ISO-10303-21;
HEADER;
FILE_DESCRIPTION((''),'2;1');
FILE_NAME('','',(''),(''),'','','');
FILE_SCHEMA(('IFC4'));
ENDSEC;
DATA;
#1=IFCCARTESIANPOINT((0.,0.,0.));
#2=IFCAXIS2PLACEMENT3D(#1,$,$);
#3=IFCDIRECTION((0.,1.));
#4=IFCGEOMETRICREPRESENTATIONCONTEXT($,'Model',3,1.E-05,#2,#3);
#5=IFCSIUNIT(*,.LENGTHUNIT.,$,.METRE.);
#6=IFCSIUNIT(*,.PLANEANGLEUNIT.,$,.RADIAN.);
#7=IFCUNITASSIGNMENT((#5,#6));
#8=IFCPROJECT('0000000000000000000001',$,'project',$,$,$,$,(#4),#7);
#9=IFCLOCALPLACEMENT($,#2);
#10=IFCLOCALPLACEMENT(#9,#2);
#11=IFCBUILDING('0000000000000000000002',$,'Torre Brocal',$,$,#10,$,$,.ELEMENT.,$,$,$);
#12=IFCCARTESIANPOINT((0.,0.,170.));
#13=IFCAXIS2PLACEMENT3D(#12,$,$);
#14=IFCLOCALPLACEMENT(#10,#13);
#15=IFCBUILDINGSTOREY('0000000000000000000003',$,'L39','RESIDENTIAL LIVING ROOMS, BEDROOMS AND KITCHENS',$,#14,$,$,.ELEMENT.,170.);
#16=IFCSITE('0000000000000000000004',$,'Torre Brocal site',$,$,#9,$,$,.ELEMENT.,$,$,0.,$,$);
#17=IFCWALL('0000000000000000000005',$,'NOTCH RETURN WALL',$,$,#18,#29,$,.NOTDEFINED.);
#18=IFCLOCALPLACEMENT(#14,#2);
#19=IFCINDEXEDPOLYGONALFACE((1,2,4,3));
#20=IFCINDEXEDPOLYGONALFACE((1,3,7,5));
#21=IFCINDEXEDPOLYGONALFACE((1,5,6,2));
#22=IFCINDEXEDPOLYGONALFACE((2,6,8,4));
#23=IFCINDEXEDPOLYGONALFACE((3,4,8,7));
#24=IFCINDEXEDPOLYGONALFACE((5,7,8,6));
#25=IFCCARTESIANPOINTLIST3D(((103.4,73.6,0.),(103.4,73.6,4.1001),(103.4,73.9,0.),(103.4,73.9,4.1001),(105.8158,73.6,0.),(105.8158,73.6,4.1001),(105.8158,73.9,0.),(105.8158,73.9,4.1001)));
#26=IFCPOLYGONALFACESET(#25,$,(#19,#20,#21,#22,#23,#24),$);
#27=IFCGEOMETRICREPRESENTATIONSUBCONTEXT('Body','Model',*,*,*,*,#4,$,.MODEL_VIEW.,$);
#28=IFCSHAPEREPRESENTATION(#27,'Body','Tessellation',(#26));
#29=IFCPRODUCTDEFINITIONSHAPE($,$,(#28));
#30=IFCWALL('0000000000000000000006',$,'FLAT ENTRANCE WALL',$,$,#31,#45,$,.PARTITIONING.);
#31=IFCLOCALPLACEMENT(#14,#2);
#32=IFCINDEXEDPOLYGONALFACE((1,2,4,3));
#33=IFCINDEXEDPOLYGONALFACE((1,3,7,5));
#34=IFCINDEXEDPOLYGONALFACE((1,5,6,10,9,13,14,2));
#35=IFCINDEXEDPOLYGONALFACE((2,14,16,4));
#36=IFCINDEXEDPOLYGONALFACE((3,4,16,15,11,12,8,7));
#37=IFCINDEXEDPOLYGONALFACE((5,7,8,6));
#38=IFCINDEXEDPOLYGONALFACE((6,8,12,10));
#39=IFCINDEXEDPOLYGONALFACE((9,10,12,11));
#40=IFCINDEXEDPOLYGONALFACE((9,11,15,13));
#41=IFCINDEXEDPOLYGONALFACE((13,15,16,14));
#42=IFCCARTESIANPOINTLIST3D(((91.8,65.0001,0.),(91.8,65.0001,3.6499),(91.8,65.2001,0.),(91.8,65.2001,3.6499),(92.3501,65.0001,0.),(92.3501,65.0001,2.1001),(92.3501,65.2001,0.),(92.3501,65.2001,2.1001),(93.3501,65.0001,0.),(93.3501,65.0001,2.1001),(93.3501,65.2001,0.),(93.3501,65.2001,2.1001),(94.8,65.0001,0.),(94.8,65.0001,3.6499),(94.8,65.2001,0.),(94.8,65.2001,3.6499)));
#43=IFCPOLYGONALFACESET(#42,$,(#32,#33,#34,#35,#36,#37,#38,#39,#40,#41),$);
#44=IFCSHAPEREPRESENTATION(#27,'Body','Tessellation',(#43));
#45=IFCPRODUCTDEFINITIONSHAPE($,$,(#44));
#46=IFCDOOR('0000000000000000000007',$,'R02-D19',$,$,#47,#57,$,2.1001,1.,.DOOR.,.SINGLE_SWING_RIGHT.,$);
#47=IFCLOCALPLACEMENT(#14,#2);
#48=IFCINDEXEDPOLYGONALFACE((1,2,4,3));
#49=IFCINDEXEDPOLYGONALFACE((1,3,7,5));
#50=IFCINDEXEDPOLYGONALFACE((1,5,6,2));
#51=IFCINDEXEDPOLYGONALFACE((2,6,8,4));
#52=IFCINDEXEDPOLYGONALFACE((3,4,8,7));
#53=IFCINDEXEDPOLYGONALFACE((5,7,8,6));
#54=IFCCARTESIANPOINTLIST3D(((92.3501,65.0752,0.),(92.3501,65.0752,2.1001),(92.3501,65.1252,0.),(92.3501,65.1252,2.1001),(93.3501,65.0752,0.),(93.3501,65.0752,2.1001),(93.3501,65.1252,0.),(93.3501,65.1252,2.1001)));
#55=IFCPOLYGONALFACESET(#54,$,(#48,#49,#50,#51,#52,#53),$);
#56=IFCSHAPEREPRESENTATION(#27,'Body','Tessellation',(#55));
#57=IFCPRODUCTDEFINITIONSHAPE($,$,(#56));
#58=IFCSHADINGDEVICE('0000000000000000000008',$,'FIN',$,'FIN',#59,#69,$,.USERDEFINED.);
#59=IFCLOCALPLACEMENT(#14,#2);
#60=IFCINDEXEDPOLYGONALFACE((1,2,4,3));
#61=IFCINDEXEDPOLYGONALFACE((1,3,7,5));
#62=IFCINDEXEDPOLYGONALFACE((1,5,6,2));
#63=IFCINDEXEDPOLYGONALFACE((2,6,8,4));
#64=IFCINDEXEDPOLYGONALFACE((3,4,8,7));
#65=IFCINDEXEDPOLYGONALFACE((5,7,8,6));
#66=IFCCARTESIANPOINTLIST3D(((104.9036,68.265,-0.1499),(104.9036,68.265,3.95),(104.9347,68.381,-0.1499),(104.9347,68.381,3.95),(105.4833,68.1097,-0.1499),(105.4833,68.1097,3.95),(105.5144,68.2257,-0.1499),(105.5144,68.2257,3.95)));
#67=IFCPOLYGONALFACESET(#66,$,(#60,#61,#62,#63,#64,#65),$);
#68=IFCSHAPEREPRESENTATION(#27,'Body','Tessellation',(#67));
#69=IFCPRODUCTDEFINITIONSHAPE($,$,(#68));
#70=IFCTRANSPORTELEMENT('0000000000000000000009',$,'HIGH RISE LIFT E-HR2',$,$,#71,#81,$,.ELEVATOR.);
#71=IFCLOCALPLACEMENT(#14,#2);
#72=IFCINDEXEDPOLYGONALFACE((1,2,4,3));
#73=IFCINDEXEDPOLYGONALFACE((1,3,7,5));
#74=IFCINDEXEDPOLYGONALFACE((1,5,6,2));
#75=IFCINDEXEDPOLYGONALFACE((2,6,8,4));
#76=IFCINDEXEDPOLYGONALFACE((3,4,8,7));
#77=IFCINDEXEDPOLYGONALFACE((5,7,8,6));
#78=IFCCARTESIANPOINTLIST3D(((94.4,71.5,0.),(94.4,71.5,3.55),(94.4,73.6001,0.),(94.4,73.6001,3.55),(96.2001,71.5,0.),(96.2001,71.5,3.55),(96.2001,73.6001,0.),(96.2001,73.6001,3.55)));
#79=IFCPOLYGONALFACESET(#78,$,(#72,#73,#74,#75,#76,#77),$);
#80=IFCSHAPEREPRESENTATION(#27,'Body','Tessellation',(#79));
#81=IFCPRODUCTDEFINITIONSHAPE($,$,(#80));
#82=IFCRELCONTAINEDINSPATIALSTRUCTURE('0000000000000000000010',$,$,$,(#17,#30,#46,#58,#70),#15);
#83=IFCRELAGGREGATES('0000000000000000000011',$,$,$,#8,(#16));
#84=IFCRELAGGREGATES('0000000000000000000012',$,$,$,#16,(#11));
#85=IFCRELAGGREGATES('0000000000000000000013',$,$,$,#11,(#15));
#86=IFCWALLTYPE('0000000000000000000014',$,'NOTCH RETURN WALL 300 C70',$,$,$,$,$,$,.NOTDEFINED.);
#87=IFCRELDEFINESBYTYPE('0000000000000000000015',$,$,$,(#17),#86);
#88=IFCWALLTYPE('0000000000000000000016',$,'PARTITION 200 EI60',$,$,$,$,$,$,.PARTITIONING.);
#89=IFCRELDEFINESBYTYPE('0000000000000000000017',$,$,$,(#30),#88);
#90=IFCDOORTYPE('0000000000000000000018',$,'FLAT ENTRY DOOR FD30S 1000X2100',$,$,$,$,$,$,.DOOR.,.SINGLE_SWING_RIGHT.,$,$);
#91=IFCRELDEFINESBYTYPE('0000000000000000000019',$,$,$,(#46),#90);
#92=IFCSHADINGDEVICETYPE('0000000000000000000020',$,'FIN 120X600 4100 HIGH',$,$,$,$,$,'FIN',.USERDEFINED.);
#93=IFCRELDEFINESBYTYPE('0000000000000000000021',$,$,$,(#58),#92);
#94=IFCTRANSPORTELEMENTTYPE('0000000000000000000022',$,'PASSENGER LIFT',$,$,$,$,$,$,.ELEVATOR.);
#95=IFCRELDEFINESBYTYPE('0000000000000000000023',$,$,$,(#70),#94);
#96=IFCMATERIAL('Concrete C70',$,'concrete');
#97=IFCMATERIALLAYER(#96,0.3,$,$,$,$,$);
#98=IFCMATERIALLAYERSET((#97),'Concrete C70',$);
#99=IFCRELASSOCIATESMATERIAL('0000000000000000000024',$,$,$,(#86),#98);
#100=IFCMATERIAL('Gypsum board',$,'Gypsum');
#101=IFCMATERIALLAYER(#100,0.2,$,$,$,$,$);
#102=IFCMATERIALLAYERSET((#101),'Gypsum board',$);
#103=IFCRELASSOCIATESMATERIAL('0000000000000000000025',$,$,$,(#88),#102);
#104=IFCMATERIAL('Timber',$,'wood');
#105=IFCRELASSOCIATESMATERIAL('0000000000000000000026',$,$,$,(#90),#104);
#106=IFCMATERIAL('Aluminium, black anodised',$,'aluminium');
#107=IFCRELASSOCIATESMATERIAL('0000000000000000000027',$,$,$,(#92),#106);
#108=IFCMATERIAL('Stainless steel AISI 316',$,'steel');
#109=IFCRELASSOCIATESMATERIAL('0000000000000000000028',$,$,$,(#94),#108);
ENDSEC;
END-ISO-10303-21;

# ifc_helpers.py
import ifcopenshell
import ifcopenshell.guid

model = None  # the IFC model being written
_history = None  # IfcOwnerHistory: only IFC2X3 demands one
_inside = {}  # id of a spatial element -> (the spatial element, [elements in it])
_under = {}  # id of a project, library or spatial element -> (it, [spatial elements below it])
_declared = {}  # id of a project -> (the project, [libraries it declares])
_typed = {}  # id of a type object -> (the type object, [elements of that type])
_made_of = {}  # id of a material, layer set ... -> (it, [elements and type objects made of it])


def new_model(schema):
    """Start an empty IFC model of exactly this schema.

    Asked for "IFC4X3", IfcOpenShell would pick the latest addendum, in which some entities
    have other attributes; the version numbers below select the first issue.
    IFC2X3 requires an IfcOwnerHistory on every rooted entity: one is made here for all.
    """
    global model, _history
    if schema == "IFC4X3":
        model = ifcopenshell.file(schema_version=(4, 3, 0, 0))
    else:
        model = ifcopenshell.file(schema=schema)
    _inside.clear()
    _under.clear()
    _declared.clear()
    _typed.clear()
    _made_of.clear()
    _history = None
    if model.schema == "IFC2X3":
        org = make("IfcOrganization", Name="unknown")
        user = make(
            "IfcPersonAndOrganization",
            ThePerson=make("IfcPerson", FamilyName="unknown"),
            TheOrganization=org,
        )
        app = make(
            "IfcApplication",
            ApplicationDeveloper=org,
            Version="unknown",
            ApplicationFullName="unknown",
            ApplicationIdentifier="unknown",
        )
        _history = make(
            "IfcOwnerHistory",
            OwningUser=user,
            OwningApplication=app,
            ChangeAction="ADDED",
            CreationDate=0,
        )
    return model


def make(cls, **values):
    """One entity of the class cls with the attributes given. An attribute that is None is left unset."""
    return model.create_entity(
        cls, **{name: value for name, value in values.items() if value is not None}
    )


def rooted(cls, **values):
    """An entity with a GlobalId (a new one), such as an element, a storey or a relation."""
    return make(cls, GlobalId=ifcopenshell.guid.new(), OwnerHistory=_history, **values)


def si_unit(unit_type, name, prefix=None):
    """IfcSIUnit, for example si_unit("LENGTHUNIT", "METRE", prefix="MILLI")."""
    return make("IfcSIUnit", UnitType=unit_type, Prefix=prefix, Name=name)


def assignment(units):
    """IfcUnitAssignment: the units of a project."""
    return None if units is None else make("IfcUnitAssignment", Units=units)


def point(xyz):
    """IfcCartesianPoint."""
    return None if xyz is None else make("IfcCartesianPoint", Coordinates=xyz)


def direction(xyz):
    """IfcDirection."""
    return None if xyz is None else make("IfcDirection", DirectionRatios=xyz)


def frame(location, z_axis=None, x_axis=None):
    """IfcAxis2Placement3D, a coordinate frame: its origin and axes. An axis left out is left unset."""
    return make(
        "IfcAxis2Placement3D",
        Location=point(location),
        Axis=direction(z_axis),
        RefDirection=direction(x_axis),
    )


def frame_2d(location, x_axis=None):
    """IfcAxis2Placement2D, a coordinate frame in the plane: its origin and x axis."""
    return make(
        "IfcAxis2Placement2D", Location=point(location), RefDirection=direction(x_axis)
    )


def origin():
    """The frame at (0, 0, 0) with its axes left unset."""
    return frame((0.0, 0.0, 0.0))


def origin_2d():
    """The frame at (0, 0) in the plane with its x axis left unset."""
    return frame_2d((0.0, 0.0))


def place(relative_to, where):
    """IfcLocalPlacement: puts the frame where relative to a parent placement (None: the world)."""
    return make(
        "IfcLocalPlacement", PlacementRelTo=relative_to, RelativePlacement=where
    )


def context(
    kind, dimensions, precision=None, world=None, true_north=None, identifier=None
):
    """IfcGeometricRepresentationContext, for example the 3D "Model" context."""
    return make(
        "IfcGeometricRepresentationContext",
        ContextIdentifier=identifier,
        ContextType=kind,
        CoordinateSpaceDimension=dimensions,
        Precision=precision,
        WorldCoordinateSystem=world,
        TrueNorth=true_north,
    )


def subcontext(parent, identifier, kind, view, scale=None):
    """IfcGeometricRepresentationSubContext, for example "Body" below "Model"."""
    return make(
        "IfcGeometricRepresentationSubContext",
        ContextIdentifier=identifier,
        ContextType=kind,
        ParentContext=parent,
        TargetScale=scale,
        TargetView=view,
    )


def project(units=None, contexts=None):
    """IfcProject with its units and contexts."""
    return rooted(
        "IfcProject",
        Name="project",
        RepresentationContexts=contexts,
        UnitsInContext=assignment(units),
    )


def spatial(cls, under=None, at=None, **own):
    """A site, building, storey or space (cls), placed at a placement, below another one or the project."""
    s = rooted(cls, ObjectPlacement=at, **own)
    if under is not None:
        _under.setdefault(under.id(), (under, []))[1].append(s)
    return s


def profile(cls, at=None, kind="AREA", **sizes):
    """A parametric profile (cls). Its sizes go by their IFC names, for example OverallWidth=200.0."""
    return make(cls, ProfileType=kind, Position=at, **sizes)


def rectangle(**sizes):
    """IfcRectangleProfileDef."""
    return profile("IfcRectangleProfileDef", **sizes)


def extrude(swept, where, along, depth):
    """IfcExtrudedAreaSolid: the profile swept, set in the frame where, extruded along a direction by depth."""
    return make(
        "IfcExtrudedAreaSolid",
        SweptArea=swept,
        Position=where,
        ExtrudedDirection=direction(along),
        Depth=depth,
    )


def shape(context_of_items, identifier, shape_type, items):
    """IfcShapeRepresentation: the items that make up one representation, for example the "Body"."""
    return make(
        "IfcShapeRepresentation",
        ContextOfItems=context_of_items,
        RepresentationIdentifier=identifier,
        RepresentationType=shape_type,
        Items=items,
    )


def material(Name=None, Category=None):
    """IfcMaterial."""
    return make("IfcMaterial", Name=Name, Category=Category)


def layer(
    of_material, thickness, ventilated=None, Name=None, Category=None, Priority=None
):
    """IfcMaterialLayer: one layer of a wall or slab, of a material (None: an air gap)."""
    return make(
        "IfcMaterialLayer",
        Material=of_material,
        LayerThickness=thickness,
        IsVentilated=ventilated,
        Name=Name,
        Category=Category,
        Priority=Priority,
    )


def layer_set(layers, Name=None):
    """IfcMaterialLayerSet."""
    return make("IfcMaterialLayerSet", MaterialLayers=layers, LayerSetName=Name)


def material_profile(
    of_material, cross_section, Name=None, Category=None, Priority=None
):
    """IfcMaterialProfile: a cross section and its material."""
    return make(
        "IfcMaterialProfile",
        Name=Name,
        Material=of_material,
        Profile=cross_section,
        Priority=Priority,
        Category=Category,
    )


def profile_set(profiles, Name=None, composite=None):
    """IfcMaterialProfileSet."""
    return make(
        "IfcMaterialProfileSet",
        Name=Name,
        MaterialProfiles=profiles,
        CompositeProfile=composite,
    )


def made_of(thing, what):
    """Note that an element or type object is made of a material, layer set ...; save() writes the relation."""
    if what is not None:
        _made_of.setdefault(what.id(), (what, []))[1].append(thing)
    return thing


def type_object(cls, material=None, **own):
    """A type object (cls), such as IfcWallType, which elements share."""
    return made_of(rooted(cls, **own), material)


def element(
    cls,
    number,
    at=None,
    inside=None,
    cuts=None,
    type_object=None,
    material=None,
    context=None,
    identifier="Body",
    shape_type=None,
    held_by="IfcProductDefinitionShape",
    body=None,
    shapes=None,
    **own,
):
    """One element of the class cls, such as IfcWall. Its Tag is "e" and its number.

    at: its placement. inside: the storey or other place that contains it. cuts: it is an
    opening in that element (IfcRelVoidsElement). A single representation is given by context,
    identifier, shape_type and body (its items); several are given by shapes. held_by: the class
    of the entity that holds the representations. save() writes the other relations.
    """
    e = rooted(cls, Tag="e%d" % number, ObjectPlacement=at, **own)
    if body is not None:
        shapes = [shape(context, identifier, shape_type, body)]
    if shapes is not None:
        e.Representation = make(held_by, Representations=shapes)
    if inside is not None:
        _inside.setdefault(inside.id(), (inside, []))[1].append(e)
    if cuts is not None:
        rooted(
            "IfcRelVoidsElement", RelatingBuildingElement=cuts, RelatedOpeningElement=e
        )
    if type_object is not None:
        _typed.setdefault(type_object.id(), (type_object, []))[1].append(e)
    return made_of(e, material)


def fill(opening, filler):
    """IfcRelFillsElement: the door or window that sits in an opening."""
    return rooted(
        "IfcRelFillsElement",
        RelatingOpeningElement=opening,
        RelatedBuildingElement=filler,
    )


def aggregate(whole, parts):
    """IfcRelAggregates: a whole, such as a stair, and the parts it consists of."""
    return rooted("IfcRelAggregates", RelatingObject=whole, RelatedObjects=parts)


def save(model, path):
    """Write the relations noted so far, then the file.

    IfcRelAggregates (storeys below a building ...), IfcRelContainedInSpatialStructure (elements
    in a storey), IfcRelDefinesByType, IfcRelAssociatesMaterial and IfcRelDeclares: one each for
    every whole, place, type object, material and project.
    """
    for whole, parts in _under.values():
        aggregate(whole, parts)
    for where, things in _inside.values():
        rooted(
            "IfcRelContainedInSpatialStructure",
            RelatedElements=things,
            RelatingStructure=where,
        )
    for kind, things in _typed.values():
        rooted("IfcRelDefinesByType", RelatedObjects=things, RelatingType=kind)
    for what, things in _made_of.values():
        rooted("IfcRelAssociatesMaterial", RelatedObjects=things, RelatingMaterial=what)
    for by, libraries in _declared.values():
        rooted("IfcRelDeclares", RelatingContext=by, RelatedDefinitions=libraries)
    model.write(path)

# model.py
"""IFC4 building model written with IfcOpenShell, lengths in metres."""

from ifc_helpers import new_model, si_unit, direction, frame, frame_2d, origin, origin_2d, place, context, subcontext, project, spatial, rectangle, extrude, material, layer, layer_set, material_profile, profile_set, type_object, element, fill, save


model = new_model("IFC4")

# Units and contexts
model_context = context("Model", 3, precision=1e-05, world=origin(), true_north=direction((0.0, 1.0)))
body_context = subcontext(model_context, "Body", "Model", "MODEL_VIEW")
ifc_project = project(units=[si_unit("LENGTHUNIT", "METRE"), si_unit("PLANEANGLEUNIT", "RADIAN")], contexts=[model_context])

# Site, building, storey
site_placement = place(None, origin())
site = spatial("IfcSite", under=ifc_project, at=site_placement, Name="Torre Brocal site", CompositionType="ELEMENT", RefElevation=0.0)
building_placement = place(site_placement, origin())
building = spatial("IfcBuilding", under=site, at=building_placement, Name="Torre Brocal", CompositionType="ELEMENT")
storey_placement = place(building_placement, frame((0.0, 0.0, 170.0)))
storey = spatial("IfcBuildingStorey", under=building, at=storey_placement, Name="L39", Description="RESIDENTIAL LIVING ROOMS, BEDROOMS AND KITCHENS", CompositionType="ELEMENT", Elevation=170.0)

# Wall
ifc_material_1 = material(Name="Concrete C70", Category="concrete")
ifc_layer_1 = layer(ifc_material_1, 0.3)
ifc_layer_set_1 = layer_set([ifc_layer_1], Name="Concrete C70")
wall_type_1 = type_object("IfcWallType", Name="NOTCH RETURN WALL 300 C70", PredefinedType="NOTDEFINED", material=ifc_layer_set_1)
wall_1_placement = place(storey_placement, frame((103.3999, 73.75, 0.0), z_axis=(0.0, 0.0, 1.0), x_axis=(1.0, 0.0, 0.0)))
element("IfcWall", 1, at=wall_1_placement, inside=storey, type_object=wall_type_1, Name="NOTCH RETURN WALL", PredefinedType="NOTDEFINED", context=body_context, shape_type="SweptSolid", body=[
    extrude(rectangle(XDim=2.4158, YDim=0.3, at=frame_2d((1.208, 0.0))), origin(), (0.0, 0.0, 1.0), 4.1001),
])

# Wall, opening, door
ifc_material_2 = material(Name="Gypsum board", Category="Gypsum")
ifc_layer_2 = layer(ifc_material_2, 0.2)
ifc_layer_set_2 = layer_set([ifc_layer_2], Name="Gypsum board")
wall_type_2 = type_object("IfcWallType", Name="PARTITION 200 EI60", PredefinedType="PARTITIONING", material=ifc_layer_set_2)
wall_2_placement = place(storey_placement, frame((91.8, 65.1001, 0.0), z_axis=(0.0, 0.0, 1.0), x_axis=(1.0, 0.0, 0.0)))
wall_2 = element("IfcWall", 2, at=wall_2_placement, inside=storey, type_object=wall_type_2, Name="FLAT ENTRANCE WALL", PredefinedType="PARTITIONING", context=body_context, shape_type="SweptSolid", body=[
    extrude(rectangle(XDim=3.0, YDim=0.2, at=frame_2d((1.5, 0.0))), origin(), (0.0, 0.0, 1.0), 3.6499),
])
opening_1_placement = place(wall_2_placement, frame((0.55, 0.0, 0.0)))
opening_1 = element("IfcOpeningElement", 3, at=opening_1_placement, cuts=wall_2, PredefinedType="OPENING", context=body_context, shape_type="SweptSolid", body=[
    extrude(rectangle(XDim=1.0, YDim=2.1001, at=frame_2d((0.5, 1.05))), frame((0.0, 0.1099, 0.0), z_axis=(0.0, -1.0, 0.0), x_axis=(1.0, 0.0, 0.0)), (0.0, 0.0, 1.0), 0.22),
])
ifc_material_3 = material(Name="Timber", Category="wood")
door_type_1 = type_object("IfcDoorType", Name="FLAT ENTRY DOOR FD30S 1000X2100", OperationType="SINGLE_SWING_RIGHT", PredefinedType="DOOR", material=ifc_material_3)
door_1_placement = place(opening_1_placement, frame((1.0, 0.0, 0.0), z_axis=(0.0, 0.0, 1.0), x_axis=(-1.0, 0.0, 0.0)))
door_1 = element("IfcDoor", 4, at=door_1_placement, inside=storey, type_object=door_type_1, Name="R02-D19", OperationType="SINGLE_SWING_RIGHT", OverallHeight=2.1001, OverallWidth=1.0, PredefinedType="DOOR", context=body_context, shape_type="SweptSolid", body=[
    extrude(rectangle(XDim=1.0, YDim=2.1001, at=frame_2d((0.5, 1.05))), frame((0.0, 0.0249, 0.0), z_axis=(0.0, -1.0, 0.0), x_axis=(1.0, 0.0, 0.0)), (0.0, 0.0, 1.0), 0.05),
])
fill(opening_1, door_1)

# Shading device
ifc_material_4 = material(Name="Aluminium, black anodised", Category="aluminium")
ifc_material_profile_1 = material_profile(ifc_material_4, rectangle(XDim=0.1201, YDim=0.6001, at=origin_2d()), Name="FIN 120X600 4100 HIGH")
ifc_profile_set_1 = profile_set([ifc_material_profile_1], Name="Aluminium, black anodised")
shading_device_type = type_object("IfcShadingDeviceType", Name="FIN 120X600 4100 HIGH", ElementType="FIN", PredefinedType="USERDEFINED", material=ifc_profile_set_1)
shading_device_placement = place(storey_placement, frame((105.209, 68.2454, -0.1499), z_axis=(0.0, 0.0, 1.0), x_axis=(0.258819, 0.965926, 0.0)))
element("IfcShadingDevice", 5, at=shading_device_placement, inside=storey, type_object=shading_device_type, Name="FIN", ObjectType="FIN", PredefinedType="USERDEFINED", context=body_context, shape_type="SweptSolid", body=[
    extrude(rectangle(XDim=0.1201, YDim=0.6001, at=origin_2d()), origin(), (0.0, 0.0, 1.0), 4.0999),
])

# Transport element
ifc_material_5 = material(Name="Stainless steel AISI 316", Category="steel")
transport_element_type = type_object("IfcTransportElementType", Name="PASSENGER LIFT", PredefinedType="ELEVATOR", material=ifc_material_5)
transport_element_placement = place(storey_placement, frame((95.3, 72.55, 0.0), z_axis=(0.0, 0.0, 1.0), x_axis=(1.0, 0.0, 0.0)))
element("IfcTransportElement", 6, at=transport_element_placement, inside=storey, type_object=transport_element_type, Name="HIGH RISE LIFT E-HR2", PredefinedType="ELEVATOR", context=body_context, shape_type="SweptSolid", body=[
    extrude(rectangle(XDim=1.8, YDim=2.1001, at=origin_2d()), origin(), (0.0, 0.0, 1.0), 3.55),
])

save(model, "model.ifc")
